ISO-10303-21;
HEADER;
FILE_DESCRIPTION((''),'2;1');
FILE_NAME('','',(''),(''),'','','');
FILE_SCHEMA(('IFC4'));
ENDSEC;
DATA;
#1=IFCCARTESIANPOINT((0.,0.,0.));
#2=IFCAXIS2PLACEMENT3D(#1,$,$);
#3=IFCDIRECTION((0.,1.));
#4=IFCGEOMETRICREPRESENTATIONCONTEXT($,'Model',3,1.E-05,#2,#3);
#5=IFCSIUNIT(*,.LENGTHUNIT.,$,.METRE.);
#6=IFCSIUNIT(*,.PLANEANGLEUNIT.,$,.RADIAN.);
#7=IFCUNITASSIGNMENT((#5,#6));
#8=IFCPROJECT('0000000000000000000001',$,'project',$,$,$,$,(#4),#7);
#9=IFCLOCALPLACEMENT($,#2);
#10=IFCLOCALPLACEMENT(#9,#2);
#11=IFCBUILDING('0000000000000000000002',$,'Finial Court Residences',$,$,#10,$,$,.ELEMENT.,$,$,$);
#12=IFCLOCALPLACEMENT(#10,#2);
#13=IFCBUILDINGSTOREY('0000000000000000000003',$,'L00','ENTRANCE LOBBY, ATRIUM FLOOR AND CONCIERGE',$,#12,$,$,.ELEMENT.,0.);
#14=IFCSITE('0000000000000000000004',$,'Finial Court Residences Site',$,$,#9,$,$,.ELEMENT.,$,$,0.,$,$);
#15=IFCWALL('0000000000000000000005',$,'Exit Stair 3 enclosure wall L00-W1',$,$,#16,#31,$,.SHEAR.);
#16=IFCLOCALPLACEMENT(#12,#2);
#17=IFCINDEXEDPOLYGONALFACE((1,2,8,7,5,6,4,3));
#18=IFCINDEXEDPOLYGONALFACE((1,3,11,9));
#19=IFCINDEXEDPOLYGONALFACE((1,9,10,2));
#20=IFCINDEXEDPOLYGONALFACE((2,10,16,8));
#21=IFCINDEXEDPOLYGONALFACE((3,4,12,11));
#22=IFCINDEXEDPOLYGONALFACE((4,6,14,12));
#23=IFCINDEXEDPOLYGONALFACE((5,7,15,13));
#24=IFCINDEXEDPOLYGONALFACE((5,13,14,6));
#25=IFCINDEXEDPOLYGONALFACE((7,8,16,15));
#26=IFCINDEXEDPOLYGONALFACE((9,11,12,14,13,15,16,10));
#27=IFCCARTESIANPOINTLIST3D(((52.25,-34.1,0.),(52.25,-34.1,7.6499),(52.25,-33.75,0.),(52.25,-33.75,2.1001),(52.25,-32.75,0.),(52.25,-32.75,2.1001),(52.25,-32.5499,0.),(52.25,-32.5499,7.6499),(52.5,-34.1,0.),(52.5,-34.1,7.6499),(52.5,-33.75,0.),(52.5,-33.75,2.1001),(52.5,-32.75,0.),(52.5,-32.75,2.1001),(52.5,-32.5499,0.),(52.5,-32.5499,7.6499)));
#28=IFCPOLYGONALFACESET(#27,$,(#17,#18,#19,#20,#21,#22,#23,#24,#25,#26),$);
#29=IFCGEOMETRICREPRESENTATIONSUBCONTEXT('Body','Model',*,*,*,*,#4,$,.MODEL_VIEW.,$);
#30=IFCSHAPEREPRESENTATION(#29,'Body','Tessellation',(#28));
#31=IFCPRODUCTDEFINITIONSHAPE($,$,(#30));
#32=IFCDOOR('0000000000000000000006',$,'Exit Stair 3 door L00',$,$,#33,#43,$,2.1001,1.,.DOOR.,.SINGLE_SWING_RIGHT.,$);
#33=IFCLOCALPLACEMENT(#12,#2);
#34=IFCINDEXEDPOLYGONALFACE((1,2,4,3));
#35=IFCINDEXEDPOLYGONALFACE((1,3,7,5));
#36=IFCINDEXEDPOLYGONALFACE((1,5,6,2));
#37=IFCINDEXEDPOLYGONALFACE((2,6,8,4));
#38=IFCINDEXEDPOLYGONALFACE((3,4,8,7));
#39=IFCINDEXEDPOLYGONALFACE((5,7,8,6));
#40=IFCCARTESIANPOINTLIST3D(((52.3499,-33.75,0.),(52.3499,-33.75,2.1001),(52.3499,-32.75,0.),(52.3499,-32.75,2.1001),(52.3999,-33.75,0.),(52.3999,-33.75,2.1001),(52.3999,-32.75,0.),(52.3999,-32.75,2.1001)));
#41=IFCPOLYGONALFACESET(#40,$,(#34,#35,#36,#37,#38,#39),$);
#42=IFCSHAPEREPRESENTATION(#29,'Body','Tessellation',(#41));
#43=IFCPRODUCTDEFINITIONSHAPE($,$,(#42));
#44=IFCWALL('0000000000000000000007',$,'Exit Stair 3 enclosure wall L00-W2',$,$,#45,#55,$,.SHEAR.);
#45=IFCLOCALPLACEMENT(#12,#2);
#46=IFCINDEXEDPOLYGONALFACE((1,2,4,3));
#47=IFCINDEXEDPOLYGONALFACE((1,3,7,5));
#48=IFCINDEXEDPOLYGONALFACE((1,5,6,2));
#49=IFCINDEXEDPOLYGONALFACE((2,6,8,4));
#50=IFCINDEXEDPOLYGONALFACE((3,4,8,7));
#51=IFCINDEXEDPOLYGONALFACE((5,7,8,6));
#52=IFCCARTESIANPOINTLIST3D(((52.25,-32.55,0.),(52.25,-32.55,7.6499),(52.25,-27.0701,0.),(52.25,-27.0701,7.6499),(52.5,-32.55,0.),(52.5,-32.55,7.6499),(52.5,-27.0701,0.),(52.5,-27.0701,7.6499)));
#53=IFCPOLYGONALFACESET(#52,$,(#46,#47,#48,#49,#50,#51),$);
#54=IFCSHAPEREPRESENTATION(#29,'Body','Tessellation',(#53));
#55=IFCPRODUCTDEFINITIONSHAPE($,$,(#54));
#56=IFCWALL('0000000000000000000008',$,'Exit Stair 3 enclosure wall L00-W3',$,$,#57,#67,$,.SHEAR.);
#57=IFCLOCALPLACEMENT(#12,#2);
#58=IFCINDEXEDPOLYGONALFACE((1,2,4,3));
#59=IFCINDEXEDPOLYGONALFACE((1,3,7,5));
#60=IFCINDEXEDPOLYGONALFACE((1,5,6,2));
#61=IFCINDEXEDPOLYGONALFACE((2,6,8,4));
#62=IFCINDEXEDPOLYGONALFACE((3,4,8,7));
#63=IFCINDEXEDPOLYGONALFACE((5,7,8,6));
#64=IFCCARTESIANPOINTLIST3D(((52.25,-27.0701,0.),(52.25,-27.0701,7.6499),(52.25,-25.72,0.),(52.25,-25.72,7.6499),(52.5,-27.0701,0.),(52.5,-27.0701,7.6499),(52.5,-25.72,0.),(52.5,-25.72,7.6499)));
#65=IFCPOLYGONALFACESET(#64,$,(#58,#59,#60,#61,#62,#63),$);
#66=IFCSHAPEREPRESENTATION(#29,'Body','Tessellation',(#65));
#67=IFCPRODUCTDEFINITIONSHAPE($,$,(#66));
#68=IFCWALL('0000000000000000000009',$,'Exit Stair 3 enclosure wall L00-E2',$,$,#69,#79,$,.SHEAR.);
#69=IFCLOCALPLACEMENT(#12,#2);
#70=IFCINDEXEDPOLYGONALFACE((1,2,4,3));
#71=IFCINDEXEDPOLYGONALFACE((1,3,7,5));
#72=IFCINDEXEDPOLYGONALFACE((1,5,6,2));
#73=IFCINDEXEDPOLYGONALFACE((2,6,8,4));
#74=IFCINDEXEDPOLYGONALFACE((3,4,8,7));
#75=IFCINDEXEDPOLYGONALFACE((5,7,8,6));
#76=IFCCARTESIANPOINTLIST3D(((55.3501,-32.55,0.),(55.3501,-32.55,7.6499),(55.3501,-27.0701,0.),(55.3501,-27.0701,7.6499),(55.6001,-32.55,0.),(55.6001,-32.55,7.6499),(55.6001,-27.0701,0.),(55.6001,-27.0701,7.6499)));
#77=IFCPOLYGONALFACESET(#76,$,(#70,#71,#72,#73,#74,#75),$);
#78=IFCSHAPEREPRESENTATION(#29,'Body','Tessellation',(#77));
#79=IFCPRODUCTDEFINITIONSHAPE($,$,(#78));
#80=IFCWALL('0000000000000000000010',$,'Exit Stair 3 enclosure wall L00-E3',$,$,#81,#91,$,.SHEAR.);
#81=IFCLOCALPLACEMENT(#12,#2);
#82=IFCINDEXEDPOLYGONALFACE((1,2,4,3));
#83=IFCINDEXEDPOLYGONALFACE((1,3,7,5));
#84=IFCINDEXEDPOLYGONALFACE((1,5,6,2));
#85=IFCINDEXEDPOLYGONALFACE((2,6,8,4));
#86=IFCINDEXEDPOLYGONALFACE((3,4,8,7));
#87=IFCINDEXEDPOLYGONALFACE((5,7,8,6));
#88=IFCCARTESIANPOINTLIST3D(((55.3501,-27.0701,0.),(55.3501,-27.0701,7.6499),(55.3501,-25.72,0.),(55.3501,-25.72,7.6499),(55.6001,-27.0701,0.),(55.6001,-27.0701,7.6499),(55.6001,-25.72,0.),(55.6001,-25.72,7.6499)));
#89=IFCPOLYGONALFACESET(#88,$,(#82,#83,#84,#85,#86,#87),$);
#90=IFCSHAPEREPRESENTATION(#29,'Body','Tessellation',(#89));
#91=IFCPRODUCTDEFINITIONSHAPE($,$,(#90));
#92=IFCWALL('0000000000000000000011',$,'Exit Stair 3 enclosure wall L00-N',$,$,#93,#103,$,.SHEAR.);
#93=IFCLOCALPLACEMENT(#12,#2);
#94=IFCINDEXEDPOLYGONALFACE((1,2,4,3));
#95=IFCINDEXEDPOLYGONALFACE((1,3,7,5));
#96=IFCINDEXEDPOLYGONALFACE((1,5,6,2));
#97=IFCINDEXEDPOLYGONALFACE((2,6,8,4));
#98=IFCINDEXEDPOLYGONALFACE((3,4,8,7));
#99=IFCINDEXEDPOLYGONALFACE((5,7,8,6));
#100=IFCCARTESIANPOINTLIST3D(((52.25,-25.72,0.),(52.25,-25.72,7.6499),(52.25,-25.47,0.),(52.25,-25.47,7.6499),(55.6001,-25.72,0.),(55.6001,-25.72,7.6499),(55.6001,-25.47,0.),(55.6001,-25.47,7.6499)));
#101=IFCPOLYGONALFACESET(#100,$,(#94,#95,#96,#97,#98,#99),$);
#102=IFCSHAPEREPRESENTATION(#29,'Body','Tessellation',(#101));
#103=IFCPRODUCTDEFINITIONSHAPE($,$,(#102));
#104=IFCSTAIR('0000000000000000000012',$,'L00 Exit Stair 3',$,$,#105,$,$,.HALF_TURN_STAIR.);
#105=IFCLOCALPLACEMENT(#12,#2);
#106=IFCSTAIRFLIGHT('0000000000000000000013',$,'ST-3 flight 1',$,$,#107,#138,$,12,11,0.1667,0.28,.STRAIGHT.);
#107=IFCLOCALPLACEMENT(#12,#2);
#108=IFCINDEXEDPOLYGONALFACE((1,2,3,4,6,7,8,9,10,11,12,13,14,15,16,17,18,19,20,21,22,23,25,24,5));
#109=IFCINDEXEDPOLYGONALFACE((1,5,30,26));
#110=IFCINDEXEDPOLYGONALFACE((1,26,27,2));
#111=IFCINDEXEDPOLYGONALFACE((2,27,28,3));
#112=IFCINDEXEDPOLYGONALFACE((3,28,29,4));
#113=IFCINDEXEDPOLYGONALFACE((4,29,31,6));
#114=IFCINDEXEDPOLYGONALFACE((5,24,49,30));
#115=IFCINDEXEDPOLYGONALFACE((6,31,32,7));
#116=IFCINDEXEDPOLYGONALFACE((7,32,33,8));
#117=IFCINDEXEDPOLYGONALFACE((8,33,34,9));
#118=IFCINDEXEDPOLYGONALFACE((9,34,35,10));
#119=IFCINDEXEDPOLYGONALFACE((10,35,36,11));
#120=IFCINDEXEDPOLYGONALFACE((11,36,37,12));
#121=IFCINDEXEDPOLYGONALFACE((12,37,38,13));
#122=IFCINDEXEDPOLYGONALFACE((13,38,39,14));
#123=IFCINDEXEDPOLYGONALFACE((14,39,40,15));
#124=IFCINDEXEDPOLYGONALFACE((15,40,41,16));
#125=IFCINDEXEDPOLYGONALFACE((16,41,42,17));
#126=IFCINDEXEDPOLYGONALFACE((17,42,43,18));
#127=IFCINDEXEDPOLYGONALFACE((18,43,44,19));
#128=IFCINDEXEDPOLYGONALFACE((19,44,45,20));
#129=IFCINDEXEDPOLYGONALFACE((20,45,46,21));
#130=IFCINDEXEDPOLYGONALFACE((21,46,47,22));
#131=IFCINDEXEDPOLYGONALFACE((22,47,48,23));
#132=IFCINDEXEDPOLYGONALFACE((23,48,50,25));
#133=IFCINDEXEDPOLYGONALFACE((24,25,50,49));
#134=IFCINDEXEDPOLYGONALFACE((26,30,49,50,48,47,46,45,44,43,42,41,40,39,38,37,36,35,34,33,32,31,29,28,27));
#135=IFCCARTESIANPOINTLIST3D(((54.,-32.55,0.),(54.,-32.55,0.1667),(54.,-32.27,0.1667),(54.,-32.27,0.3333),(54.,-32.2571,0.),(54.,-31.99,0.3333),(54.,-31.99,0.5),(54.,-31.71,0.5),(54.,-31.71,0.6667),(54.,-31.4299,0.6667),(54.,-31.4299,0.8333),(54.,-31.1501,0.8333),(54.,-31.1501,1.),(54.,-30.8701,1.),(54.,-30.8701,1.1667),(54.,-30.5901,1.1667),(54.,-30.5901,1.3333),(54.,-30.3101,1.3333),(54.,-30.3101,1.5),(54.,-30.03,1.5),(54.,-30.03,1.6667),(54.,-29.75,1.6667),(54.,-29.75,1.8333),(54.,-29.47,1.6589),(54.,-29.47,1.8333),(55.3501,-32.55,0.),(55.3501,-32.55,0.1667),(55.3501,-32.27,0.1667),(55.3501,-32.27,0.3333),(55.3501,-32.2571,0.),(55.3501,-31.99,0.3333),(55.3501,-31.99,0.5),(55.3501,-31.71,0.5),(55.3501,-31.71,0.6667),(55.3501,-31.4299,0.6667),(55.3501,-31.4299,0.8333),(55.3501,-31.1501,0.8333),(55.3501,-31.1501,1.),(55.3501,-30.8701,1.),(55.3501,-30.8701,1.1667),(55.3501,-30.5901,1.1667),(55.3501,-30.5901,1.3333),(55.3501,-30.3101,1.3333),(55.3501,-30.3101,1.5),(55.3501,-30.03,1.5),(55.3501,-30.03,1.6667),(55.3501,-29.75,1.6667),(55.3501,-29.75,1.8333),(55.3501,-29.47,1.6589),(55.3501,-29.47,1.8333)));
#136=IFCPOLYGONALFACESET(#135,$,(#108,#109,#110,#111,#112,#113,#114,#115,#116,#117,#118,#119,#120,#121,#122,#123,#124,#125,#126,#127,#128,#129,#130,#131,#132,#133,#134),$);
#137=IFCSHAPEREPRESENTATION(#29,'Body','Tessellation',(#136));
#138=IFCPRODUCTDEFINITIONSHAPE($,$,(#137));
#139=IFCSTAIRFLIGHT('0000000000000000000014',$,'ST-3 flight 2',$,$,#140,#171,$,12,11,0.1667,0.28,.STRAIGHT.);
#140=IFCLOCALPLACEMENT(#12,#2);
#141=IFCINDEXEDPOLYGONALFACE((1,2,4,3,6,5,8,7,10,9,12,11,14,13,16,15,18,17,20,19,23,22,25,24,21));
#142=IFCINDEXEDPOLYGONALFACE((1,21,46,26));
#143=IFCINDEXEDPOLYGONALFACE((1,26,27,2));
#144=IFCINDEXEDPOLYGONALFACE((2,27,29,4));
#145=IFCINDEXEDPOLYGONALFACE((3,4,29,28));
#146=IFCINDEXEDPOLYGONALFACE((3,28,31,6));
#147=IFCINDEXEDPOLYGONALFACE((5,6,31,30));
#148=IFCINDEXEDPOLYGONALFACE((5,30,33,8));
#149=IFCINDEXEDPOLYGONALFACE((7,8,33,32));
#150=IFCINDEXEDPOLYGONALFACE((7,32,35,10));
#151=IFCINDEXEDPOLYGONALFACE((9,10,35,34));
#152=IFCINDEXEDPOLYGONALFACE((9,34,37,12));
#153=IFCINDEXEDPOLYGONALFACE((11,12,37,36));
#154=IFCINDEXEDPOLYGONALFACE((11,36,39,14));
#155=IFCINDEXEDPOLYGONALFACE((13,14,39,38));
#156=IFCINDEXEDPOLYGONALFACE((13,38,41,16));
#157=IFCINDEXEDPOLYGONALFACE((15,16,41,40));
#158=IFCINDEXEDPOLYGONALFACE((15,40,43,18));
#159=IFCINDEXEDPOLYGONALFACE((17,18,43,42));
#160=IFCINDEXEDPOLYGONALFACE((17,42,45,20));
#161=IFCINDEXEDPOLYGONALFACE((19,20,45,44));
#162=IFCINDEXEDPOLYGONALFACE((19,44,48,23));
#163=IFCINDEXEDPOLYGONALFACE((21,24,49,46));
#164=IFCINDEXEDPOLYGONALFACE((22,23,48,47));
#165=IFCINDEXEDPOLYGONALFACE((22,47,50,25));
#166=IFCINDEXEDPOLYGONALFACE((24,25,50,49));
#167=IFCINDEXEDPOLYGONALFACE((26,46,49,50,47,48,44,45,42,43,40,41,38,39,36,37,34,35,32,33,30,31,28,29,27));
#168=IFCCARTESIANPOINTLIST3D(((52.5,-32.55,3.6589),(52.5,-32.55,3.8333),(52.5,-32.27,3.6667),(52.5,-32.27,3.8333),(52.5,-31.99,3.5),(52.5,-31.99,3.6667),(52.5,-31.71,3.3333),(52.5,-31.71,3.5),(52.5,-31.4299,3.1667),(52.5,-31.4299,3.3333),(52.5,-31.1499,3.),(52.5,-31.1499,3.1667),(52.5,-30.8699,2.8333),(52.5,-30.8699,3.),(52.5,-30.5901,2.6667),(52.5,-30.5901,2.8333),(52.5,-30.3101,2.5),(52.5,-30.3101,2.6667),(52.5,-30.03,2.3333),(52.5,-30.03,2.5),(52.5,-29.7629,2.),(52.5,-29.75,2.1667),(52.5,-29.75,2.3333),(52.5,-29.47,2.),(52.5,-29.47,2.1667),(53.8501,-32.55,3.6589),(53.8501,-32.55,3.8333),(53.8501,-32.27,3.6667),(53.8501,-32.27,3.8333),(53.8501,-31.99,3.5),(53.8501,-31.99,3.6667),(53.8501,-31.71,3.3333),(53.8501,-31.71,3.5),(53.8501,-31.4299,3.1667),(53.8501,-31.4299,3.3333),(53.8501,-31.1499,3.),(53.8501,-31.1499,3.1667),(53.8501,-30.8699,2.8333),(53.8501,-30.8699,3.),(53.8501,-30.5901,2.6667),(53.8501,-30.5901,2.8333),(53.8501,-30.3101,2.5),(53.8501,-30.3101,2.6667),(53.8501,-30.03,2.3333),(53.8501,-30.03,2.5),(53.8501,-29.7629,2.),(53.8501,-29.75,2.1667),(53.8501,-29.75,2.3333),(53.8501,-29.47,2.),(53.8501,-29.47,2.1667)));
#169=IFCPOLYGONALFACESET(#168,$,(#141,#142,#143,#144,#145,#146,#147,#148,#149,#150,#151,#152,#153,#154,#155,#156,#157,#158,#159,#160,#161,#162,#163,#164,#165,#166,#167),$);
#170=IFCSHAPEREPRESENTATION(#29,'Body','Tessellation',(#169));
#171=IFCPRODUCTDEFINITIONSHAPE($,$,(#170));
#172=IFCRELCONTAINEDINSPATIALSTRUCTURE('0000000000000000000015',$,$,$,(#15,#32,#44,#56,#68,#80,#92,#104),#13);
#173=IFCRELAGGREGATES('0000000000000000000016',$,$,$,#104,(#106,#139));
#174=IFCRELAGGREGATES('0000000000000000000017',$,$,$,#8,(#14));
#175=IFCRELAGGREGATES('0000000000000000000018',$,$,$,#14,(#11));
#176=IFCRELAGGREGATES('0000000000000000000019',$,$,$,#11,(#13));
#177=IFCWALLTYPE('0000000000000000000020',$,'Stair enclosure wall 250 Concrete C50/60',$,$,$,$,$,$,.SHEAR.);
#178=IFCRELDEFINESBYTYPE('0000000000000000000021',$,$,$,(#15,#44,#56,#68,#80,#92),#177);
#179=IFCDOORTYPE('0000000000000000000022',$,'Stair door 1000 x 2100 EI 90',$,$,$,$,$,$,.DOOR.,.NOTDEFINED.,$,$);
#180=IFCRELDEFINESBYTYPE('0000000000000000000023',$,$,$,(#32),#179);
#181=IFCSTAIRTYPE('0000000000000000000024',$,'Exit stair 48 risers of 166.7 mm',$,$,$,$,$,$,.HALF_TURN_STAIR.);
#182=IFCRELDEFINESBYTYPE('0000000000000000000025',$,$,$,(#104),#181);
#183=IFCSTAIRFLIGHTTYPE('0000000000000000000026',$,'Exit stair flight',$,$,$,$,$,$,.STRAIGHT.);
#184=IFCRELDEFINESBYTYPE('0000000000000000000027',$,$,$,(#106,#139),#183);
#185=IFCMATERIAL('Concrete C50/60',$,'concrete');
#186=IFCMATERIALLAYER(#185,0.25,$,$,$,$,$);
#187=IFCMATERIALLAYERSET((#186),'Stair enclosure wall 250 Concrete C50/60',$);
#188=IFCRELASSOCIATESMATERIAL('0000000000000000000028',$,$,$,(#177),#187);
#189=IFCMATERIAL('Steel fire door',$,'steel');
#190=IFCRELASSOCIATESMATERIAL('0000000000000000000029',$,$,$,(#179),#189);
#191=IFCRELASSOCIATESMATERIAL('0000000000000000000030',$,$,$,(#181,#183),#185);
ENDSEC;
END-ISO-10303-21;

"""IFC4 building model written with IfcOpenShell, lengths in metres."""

from ifc_helpers import new_model, si_unit, direction, frame, frame_2d, origin, place, context, subcontext, project, spatial, polyline, rectangle, outline, extrude, material, layer, layer_set, type_object, element, fill, aggregate, save


model = new_model("IFC4")

# Units and contexts
model_context = context("Model", 3, precision=1e-05, world=origin(), true_north=direction((0.0, 1.0)))
body_context = subcontext(model_context, "Body", "Model", "MODEL_VIEW")
ifc_project = project(units=[si_unit("LENGTHUNIT", "METRE"), si_unit("PLANEANGLEUNIT", "RADIAN")], contexts=[model_context])

# Site, building, storey
site_placement = place(None, origin())
site = spatial("IfcSite", under=ifc_project, at=site_placement, Name="Finial Court Residences Site", CompositionType="ELEMENT", RefElevation=0.0)
building_placement = place(site_placement, origin())
building = spatial("IfcBuilding", under=site, at=building_placement, Name="Finial Court Residences", CompositionType="ELEMENT")
storey_placement = place(building_placement, origin())
storey = spatial("IfcBuildingStorey", under=building, at=storey_placement, Name="L00", Description="ENTRANCE LOBBY, ATRIUM FLOOR AND CONCIERGE", CompositionType="ELEMENT", Elevation=0.0)

# Shared definitions
ifc_material_1 = material(Name="Concrete C50/60", Category="concrete")

# Wall, opening, door
ifc_layer_1 = layer(ifc_material_1, 0.25)
ifc_layer_set_1 = layer_set([ifc_layer_1], Name="Stair enclosure wall 250 Concrete C50/60")
wall_type_1 = type_object("IfcWallType", Name="Stair enclosure wall 250 Concrete C50/60", PredefinedType="SHEAR", material=ifc_layer_set_1)
wall_1_placement = place(storey_placement, frame((52.375, -32.55, 0.0), z_axis=(0.0, 0.0, 1.0), x_axis=(0.0, -1.0, 0.0)))
wall_1 = element("IfcWall", 1, at=wall_1_placement, inside=storey, type_object=wall_type_1, Name="Exit Stair 3 enclosure wall L00-W1", PredefinedType="SHEAR", context=body_context, shape_type="SweptSolid", body=[
    extrude(rectangle(XDim=1.55, YDim=0.25, at=frame_2d((0.7749, 0.0))), origin(), (0.0, 0.0, 1.0), 7.6499),
])
opening_1_placement = place(wall_1_placement, frame((0.2, 0.0, 0.0)))
opening_1 = element("IfcOpeningElement", 2, at=opening_1_placement, cuts=wall_1, PredefinedType="OPENING", context=body_context, shape_type="SweptSolid", body=[
    extrude(rectangle(XDim=1.0, YDim=2.1001, at=frame_2d((0.5, 1.05))), frame((0.0, 0.135, 0.0), z_axis=(0.0, -1.0, 0.0), x_axis=(1.0, 0.0, 0.0)), (0.0, 0.0, 1.0), 0.27),
])
ifc_material_2 = material(Name="Steel fire door", Category="steel")
door_type_1 = type_object("IfcDoorType", Name="Stair door 1000 x 2100 EI 90", OperationType="NOTDEFINED", PredefinedType="DOOR", material=ifc_material_2)
door_1_placement = place(opening_1_placement, origin())
door_1 = element("IfcDoor", 3, at=door_1_placement, inside=storey, type_object=door_type_1, Name="Exit Stair 3 door L00", OperationType="SINGLE_SWING_RIGHT", OverallHeight=2.1001, OverallWidth=1.0, PredefinedType="DOOR", context=body_context, shape_type="SweptSolid", body=[
    extrude(rectangle(XDim=1.0, YDim=2.1001, at=frame_2d((0.5, 1.05))), frame((0.0, 0.0249, 0.0), z_axis=(0.0, -1.0, 0.0), x_axis=(1.0, 0.0, 0.0)), (0.0, 0.0, 1.0), 0.05),
])
fill(opening_1, door_1)

# Walls
wall_2_placement = place(storey_placement, frame((52.375, -32.55, 0.0), z_axis=(0.0, 0.0, 1.0), x_axis=(0.0, 1.0, 0.0)))
element("IfcWall", 4, at=wall_2_placement, inside=storey, type_object=wall_type_1, Name="Exit Stair 3 enclosure wall L00-W2", PredefinedType="SHEAR", context=body_context, shape_type="SweptSolid", body=[
    extrude(rectangle(XDim=5.48, YDim=0.25, at=frame_2d((2.74, 0.0))), origin(), (0.0, 0.0, 1.0), 7.6499),
])
wall_3_placement = place(storey_placement, frame((52.375, -27.0701, 0.0), z_axis=(0.0, 0.0, 1.0), x_axis=(0.0, 1.0, 0.0)))
element("IfcWall", 5, at=wall_3_placement, inside=storey, type_object=wall_type_1, Name="Exit Stair 3 enclosure wall L00-W3", PredefinedType="SHEAR", context=body_context, shape_type="SweptSolid", body=[
    extrude(rectangle(XDim=1.3501, YDim=0.25, at=frame_2d((0.675, 0.0))), origin(), (0.0, 0.0, 1.0), 7.6499),
])
wall_4_placement = place(storey_placement, frame((55.4751, -32.55, 0.0), z_axis=(0.0, 0.0, 1.0), x_axis=(0.0, 1.0, 0.0)))
element("IfcWall", 6, at=wall_4_placement, inside=storey, type_object=wall_type_1, Name="Exit Stair 3 enclosure wall L00-E2", PredefinedType="SHEAR", context=body_context, shape_type="SweptSolid", body=[
    extrude(rectangle(XDim=5.48, YDim=0.25, at=frame_2d((2.74, 0.0))), origin(), (0.0, 0.0, 1.0), 7.6499),
])
wall_5_placement = place(storey_placement, frame((55.4751, -27.0701, 0.0), z_axis=(0.0, 0.0, 1.0), x_axis=(0.0, 1.0, 0.0)))
element("IfcWall", 7, at=wall_5_placement, inside=storey, type_object=wall_type_1, Name="Exit Stair 3 enclosure wall L00-E3", PredefinedType="SHEAR", context=body_context, shape_type="SweptSolid", body=[
    extrude(rectangle(XDim=1.3501, YDim=0.25, at=frame_2d((0.675, 0.0))), origin(), (0.0, 0.0, 1.0), 7.6499),
])
wall_6_placement = place(storey_placement, frame((52.25, -25.595, 0.0), z_axis=(0.0, 0.0, 1.0), x_axis=(1.0, 0.0, 0.0)))
element("IfcWall", 8, at=wall_6_placement, inside=storey, type_object=wall_type_1, Name="Exit Stair 3 enclosure wall L00-N", PredefinedType="SHEAR", context=body_context, shape_type="SweptSolid", body=[
    extrude(rectangle(XDim=3.3501, YDim=0.25, at=frame_2d((1.675, 0.0))), origin(), (0.0, 0.0, 1.0), 7.6499),
])

# Stair, stair flights
stair_type = type_object("IfcStairType", Name="Exit stair 48 risers of 166.7 mm", PredefinedType="HALF_TURN_STAIR", material=ifc_material_1)
stair_placement = place(storey_placement, origin())
stair = element("IfcStair", 9, at=stair_placement, inside=storey, type_object=stair_type, Name="L00 Exit Stair 3", PredefinedType="HALF_TURN_STAIR")
stair_flight_type = type_object("IfcStairFlightType", Name="Exit stair flight", PredefinedType="STRAIGHT", material=ifc_material_1)
stair_flight_1_placement = place(storey_placement, frame((54.675, -32.55, 0.0), z_axis=(0.0, 0.0, 1.0), x_axis=(0.0, 1.0, 0.0)))
stair_flight_1 = element("IfcStairFlight", 10, at=stair_flight_1_placement, type_object=stair_flight_type, Name="ST-3 flight 1", NumberOfRisers=12, NumberOfTreads=11, PredefinedType="STRAIGHT", RiserHeight=0.1667, TreadLength=0.28, context=body_context, shape_type="SweptSolid", body=[
    extrude(outline(polyline([(0.0, 0.0), (0.0, 0.1667), (0.28, 0.1667), (0.28, 0.3333), (0.5601, 0.3333), (0.5601, 0.5), (0.8401, 0.5), (0.8401, 0.6667), (1.1201, 0.6667), (1.1201, 0.8333), (1.3999, 0.8333), (1.3999, 1.0), (1.6799, 1.0), (1.6799, 1.1667), (1.96, 1.1667), (1.96, 1.3333), (2.24, 1.3333), (2.24, 1.5), (2.52, 1.5), (2.52, 1.6667), (2.8, 1.6667), (2.8, 1.8333), (3.0801, 1.8333), (3.0801, 2.0), (3.0801, 1.6589), (0.293, 0.0), (0.0, 0.0)])), frame((0.0, 0.675, 0.0), z_axis=(0.0, -1.0, 0.0), x_axis=(1.0, 0.0, 0.0)), (0.0, 0.0, 1.0), 1.3501),
])
stair_flight_2_placement = place(storey_placement, frame((53.175, -29.47, 2.0), z_axis=(0.0, 0.0, 1.0), x_axis=(0.0, -1.0, 0.0)))
stair_flight_2 = element("IfcStairFlight", 11, at=stair_flight_2_placement, type_object=stair_flight_type, Name="ST-3 flight 2", NumberOfRisers=12, NumberOfTreads=11, PredefinedType="STRAIGHT", RiserHeight=0.1667, TreadLength=0.28, context=body_context, shape_type="SweptSolid", body=[
    extrude(outline(polyline([(0.0, 0.0), (0.0, 0.1667), (0.28, 0.1667), (0.28, 0.3333), (0.5601, 0.3333), (0.5601, 0.5), (0.8401, 0.5), (0.8401, 0.6667), (1.1201, 0.6667), (1.1201, 0.8333), (1.3999, 0.8333), (1.3999, 1.0), (1.6799, 1.0), (1.6799, 1.1667), (1.96, 1.1667), (1.96, 1.3333), (2.24, 1.3333), (2.24, 1.5), (2.52, 1.5), (2.52, 1.6667), (2.8, 1.6667), (2.8, 1.8333), (3.0801, 1.8333), (3.0801, 2.0), (3.0801, 1.6589), (0.293, 0.0), (0.0, 0.0)])), frame((0.0, 0.675, 0.0), z_axis=(0.0, -1.0, 0.0), x_axis=(1.0, 0.0, 0.0)), (0.0, 0.0, 1.0), 1.3501),
])
aggregate(stair, [stair_flight_1, stair_flight_2])

save(model, "model.ifc")
